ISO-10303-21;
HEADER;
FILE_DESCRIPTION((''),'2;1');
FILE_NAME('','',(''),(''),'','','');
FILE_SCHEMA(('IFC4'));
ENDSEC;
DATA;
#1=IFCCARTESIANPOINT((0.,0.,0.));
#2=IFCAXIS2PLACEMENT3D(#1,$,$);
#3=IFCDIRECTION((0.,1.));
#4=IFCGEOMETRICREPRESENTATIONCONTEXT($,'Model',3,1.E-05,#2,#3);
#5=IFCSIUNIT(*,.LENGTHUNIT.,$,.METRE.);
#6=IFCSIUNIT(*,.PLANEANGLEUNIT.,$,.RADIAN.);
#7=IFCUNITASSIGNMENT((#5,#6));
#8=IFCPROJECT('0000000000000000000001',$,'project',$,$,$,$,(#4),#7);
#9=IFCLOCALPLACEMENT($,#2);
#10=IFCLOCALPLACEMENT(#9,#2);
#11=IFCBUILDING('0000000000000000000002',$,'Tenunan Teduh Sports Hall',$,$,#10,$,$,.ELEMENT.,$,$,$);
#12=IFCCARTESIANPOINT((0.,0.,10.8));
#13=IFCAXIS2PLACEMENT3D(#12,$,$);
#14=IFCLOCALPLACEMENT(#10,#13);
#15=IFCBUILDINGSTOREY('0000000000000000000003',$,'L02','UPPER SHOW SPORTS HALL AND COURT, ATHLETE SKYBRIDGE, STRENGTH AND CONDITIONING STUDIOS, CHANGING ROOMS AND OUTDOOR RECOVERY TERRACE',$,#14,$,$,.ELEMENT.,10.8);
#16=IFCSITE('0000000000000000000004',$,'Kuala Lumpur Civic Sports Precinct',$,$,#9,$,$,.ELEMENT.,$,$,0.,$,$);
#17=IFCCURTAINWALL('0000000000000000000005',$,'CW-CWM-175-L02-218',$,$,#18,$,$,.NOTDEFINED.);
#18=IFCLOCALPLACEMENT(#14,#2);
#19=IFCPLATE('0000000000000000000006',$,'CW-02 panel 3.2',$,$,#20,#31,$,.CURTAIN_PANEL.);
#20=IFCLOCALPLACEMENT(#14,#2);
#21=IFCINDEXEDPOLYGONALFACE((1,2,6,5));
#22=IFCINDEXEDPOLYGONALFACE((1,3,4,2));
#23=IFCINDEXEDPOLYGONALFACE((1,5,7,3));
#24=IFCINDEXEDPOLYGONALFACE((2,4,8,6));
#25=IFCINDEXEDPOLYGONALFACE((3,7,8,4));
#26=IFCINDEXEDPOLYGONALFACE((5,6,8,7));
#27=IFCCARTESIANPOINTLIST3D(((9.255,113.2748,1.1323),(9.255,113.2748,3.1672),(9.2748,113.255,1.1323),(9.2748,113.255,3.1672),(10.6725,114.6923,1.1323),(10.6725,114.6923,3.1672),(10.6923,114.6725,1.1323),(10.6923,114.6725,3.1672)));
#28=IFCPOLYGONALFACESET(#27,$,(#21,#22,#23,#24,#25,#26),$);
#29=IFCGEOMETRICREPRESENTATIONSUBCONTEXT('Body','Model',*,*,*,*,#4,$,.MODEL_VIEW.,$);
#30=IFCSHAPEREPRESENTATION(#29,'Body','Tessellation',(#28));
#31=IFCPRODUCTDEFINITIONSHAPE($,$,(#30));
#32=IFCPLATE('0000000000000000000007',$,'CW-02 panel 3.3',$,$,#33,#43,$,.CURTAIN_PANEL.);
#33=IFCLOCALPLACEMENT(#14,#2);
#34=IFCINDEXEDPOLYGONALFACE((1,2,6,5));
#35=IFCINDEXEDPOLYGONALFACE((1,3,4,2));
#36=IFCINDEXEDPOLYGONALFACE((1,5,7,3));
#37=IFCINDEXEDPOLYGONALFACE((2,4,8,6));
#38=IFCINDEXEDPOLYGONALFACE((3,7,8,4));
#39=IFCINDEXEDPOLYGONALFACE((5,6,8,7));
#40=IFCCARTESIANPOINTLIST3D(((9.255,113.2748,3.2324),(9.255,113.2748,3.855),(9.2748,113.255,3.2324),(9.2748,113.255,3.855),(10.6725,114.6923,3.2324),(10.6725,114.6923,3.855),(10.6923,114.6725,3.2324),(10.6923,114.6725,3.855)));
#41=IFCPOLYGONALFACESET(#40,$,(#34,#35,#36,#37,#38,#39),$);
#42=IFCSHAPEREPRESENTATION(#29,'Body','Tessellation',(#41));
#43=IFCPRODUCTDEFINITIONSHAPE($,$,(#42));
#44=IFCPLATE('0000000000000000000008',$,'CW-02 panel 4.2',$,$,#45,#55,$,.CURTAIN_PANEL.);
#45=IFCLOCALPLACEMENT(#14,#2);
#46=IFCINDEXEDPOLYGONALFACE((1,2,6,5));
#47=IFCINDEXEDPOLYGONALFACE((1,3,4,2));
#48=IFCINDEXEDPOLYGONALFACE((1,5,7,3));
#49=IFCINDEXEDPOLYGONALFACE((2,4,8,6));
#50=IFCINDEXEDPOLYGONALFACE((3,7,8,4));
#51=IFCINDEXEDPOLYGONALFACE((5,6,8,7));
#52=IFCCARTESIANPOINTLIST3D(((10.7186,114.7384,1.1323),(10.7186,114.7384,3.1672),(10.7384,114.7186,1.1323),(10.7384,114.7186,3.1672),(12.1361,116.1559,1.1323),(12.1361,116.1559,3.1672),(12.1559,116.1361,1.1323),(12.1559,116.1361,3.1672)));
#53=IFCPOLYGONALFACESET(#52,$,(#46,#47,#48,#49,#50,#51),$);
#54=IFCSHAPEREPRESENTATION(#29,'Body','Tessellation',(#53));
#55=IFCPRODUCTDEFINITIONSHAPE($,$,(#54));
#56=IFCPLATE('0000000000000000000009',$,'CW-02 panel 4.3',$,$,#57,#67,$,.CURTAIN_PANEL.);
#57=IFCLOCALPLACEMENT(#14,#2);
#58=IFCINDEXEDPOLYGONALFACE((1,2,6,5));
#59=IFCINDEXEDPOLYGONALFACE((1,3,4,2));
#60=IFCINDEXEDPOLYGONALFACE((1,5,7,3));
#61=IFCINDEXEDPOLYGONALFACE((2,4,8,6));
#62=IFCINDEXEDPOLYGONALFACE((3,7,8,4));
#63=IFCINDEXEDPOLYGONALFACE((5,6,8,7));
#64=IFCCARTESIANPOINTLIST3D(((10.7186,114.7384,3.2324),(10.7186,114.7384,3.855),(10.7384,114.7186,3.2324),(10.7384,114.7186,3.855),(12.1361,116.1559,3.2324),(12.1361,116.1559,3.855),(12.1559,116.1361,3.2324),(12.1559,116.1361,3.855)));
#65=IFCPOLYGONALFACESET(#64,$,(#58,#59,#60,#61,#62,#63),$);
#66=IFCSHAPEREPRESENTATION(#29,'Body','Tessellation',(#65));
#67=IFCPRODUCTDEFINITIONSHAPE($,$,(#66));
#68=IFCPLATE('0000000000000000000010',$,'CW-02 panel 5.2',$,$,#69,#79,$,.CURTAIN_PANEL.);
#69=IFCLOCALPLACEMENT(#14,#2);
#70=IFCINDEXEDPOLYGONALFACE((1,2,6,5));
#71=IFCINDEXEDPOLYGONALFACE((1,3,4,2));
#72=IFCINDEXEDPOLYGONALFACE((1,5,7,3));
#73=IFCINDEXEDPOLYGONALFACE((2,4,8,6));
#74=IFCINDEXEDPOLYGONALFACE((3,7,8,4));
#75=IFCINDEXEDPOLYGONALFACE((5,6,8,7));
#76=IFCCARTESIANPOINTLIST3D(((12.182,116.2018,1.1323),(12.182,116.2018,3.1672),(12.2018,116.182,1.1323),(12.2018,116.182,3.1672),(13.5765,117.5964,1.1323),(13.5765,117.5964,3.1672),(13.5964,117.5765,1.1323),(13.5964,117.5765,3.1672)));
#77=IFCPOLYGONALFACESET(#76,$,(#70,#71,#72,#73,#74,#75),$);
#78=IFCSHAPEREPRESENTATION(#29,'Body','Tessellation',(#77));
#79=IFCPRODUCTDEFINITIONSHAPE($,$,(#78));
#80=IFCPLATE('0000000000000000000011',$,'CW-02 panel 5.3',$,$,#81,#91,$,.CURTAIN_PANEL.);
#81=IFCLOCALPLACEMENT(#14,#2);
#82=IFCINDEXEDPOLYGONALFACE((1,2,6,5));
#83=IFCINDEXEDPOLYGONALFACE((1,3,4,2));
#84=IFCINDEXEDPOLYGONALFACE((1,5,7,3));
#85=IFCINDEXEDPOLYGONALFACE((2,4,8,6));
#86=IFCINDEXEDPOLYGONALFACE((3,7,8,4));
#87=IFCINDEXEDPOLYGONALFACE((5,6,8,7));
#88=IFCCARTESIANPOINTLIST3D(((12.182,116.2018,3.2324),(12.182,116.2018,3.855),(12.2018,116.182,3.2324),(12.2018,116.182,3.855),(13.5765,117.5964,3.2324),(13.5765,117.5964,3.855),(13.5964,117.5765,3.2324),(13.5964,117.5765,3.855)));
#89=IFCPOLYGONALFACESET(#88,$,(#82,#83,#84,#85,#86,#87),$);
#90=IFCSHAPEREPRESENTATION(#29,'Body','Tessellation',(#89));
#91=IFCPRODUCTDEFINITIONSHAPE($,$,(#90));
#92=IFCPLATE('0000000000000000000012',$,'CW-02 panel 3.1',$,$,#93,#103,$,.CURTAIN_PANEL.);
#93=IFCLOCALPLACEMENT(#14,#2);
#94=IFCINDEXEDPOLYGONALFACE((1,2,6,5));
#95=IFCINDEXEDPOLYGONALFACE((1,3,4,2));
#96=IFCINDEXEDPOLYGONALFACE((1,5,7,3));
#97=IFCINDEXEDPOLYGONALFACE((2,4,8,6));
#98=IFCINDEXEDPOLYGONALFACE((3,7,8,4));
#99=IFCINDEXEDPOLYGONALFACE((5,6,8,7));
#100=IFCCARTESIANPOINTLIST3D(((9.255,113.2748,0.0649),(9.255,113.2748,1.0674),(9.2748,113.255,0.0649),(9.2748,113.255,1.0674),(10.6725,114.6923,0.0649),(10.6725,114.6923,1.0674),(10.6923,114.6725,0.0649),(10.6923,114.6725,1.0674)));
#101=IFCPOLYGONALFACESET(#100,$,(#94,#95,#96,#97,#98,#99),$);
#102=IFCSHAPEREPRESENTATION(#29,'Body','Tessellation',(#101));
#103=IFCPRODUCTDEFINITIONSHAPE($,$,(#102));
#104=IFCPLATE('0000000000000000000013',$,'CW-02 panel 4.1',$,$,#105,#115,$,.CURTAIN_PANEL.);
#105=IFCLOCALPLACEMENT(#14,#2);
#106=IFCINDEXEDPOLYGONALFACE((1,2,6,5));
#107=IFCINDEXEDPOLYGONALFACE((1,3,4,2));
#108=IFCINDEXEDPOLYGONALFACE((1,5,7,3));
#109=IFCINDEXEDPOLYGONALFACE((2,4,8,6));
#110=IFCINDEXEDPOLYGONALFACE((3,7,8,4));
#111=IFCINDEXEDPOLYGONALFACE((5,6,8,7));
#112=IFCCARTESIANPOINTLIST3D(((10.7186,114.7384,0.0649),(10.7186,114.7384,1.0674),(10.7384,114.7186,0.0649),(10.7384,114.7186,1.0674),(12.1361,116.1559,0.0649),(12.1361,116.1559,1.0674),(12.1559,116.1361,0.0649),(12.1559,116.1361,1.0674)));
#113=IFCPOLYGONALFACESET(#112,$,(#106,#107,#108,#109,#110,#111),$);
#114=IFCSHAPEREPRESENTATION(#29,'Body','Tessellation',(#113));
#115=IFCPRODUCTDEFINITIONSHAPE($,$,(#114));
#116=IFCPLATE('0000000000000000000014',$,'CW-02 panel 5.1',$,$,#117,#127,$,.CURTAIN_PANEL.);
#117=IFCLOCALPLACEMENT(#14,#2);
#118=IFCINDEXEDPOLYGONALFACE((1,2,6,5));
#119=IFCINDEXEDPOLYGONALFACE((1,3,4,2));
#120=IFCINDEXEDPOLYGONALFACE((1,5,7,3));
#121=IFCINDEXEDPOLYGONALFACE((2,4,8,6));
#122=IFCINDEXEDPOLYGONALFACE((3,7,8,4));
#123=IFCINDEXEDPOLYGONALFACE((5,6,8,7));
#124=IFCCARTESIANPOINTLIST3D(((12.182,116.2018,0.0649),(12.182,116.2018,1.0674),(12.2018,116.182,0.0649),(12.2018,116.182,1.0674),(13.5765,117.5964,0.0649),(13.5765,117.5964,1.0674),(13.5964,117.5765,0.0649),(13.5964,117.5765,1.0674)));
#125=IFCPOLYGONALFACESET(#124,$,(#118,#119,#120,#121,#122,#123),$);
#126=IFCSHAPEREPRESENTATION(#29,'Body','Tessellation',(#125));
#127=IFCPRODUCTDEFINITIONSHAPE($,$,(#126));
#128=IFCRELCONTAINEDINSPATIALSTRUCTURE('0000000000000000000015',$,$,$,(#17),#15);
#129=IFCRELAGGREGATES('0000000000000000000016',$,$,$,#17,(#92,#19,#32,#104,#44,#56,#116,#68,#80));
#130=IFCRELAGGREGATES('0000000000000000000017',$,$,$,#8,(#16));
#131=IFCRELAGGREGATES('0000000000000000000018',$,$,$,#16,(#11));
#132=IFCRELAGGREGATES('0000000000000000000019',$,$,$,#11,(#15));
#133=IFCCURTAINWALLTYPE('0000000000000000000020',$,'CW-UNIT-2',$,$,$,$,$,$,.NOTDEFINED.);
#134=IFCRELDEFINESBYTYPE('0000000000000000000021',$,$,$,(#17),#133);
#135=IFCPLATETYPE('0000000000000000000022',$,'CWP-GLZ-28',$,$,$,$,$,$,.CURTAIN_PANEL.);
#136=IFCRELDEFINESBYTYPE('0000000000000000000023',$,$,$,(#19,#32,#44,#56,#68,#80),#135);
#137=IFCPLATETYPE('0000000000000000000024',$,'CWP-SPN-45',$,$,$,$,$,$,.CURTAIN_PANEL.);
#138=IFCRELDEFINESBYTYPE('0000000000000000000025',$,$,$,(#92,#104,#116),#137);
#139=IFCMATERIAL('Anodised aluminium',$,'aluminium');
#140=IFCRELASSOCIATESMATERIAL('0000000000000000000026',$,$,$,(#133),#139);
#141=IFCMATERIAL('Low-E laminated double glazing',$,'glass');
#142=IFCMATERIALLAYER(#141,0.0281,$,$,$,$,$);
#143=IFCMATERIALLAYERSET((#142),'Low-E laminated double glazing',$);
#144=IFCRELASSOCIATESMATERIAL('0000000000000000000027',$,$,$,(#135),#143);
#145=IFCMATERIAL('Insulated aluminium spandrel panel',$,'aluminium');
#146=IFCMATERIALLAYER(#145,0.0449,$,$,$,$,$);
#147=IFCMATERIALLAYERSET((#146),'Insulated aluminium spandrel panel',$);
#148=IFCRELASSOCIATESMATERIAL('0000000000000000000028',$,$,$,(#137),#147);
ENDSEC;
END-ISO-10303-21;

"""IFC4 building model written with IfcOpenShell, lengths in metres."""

from ifc_helpers import new_model, si_unit, direction, frame, origin, origin_2d, place, context, subcontext, project, spatial, rectangle, extrude, material, layer, layer_set, type_object, element, aggregate, save


model = new_model("IFC4")

# Units and contexts
model_context = context("Model", 3, precision=1e-05, world=origin(), true_north=direction((0.0, 1.0)))
body_context = subcontext(model_context, "Body", "Model", "MODEL_VIEW")
ifc_project = project(units=[si_unit("LENGTHUNIT", "METRE"), si_unit("PLANEANGLEUNIT", "RADIAN")], contexts=[model_context])

# Site, building, storey
site_placement = place(None, origin())
site = spatial("IfcSite", under=ifc_project, at=site_placement, Name="Kuala Lumpur Civic Sports Precinct", CompositionType="ELEMENT", RefElevation=0.0)
building_placement = place(site_placement, origin())
building = spatial("IfcBuilding", under=site, at=building_placement, Name="Tenunan Teduh Sports Hall", CompositionType="ELEMENT")
storey_placement = place(building_placement, frame((0.0, 0.0, 10.8)))
storey = spatial("IfcBuildingStorey", under=building, at=storey_placement, Name="L02", Description="UPPER SHOW SPORTS HALL AND COURT, ATHLETE SKYBRIDGE, STRENGTH AND CONDITIONING STUDIOS, CHANGING ROOMS AND OUTDOOR RECOVERY TERRACE", CompositionType="ELEMENT", Elevation=10.8)

# Curtain wall, plates
ifc_material_1 = material(Name="Anodised aluminium", Category="aluminium")
curtain_wall_type = type_object("IfcCurtainWallType", Name="CW-UNIT-2", PredefinedType="NOTDEFINED", material=ifc_material_1)
curtain_wall_placement = place(storey_placement, origin())
curtain_wall = element("IfcCurtainWall", 1, at=curtain_wall_placement, inside=storey, type_object=curtain_wall_type, Name="CW-CWM-175-L02-218", PredefinedType="NOTDEFINED")
ifc_material_2 = material(Name="Low-E laminated double glazing", Category="glass")
ifc_layer_1 = layer(ifc_material_2, 0.0281)
ifc_layer_set_1 = layer_set([ifc_layer_1], Name="Low-E laminated double glazing")
plate_type_1 = type_object("IfcPlateType", Name="CWP-GLZ-28", PredefinedType="CURTAIN_PANEL", material=ifc_layer_set_1)
plate_1_placement = place(storey_placement, frame((9.9736, 113.9736, 1.1323), z_axis=(0.0, 0.0, 1.0), x_axis=(0.707107, 0.707107, 0.0)))
plate_1 = element("IfcPlate", 2, at=plate_1_placement, type_object=plate_type_1, Name="CW-02 panel 3.2", PredefinedType="CURTAIN_PANEL", context=body_context, shape_type="SweptSolid", body=[
    extrude(rectangle(XDim=2.0046, YDim=0.0281, at=origin_2d()), origin(), (0.0, 0.0, 1.0), 2.0349),
])
plate_2_placement = place(storey_placement, frame((9.9736, 113.9736, 3.2324), z_axis=(0.0, 0.0, 1.0), x_axis=(0.707107, 0.707107, 0.0)))
plate_2 = element("IfcPlate", 3, at=plate_2_placement, type_object=plate_type_1, Name="CW-02 panel 3.3", PredefinedType="CURTAIN_PANEL", context=body_context, shape_type="SweptSolid", body=[
    extrude(rectangle(XDim=2.0046, YDim=0.0281, at=origin_2d()), origin(), (0.0, 0.0, 1.0), 0.6226),
])
plate_3_placement = place(storey_placement, frame((11.4373, 115.4373, 1.1323), z_axis=(0.0, 0.0, 1.0), x_axis=(0.707107, 0.707107, 0.0)))
plate_3 = element("IfcPlate", 4, at=plate_3_placement, type_object=plate_type_1, Name="CW-02 panel 4.2", PredefinedType="CURTAIN_PANEL", context=body_context, shape_type="SweptSolid", body=[
    extrude(rectangle(XDim=2.0046, YDim=0.0281, at=origin_2d()), origin(), (0.0, 0.0, 1.0), 2.0349),
])
plate_4_placement = place(storey_placement, frame((11.4373, 115.4373, 3.2324), z_axis=(0.0, 0.0, 1.0), x_axis=(0.707107, 0.707107, 0.0)))
plate_4 = element("IfcPlate", 5, at=plate_4_placement, type_object=plate_type_1, Name="CW-02 panel 4.3", PredefinedType="CURTAIN_PANEL", context=body_context, shape_type="SweptSolid", body=[
    extrude(rectangle(XDim=2.0046, YDim=0.0281, at=origin_2d()), origin(), (0.0, 0.0, 1.0), 0.6226),
])
plate_5_placement = place(storey_placement, frame((12.8892, 116.8892, 1.1323), z_axis=(0.0, 0.0, 1.0), x_axis=(0.707107, 0.707107, 0.0)))
plate_5 = element("IfcPlate", 6, at=plate_5_placement, type_object=plate_type_1, Name="CW-02 panel 5.2", PredefinedType="CURTAIN_PANEL", context=body_context, shape_type="SweptSolid", body=[
    extrude(rectangle(XDim=1.9722, YDim=0.0281, at=origin_2d()), origin(), (0.0, 0.0, 1.0), 2.0349),
])
plate_6_placement = place(storey_placement, frame((12.8892, 116.8892, 3.2324), z_axis=(0.0, 0.0, 1.0), x_axis=(0.707107, 0.707107, 0.0)))
plate_6 = element("IfcPlate", 7, at=plate_6_placement, type_object=plate_type_1, Name="CW-02 panel 5.3", PredefinedType="CURTAIN_PANEL", context=body_context, shape_type="SweptSolid", body=[
    extrude(rectangle(XDim=1.9722, YDim=0.0281, at=origin_2d()), origin(), (0.0, 0.0, 1.0), 0.6226),
])
ifc_material_3 = material(Name="Insulated aluminium spandrel panel", Category="aluminium")
ifc_layer_2 = layer(ifc_material_3, 0.0449)
ifc_layer_set_2 = layer_set([ifc_layer_2], Name="Insulated aluminium spandrel panel")
plate_type_2 = type_object("IfcPlateType", Name="CWP-SPN-45", PredefinedType="CURTAIN_PANEL", material=ifc_layer_set_2)
plate_7_placement = place(storey_placement, frame((9.9736, 113.9736, 0.0649), z_axis=(0.0, 0.0, 1.0), x_axis=(0.707107, 0.707107, 0.0)))
plate_7 = element("IfcPlate", 8, at=plate_7_placement, type_object=plate_type_2, Name="CW-02 panel 3.1", PredefinedType="CURTAIN_PANEL", context=body_context, shape_type="SweptSolid", body=[
    extrude(rectangle(XDim=2.0046, YDim=0.0281, at=origin_2d()), origin(), (0.0, 0.0, 1.0), 1.0024),
])
plate_8_placement = place(storey_placement, frame((11.4373, 115.4373, 0.0649), z_axis=(0.0, 0.0, 1.0), x_axis=(0.707107, 0.707107, 0.0)))
plate_8 = element("IfcPlate", 9, at=plate_8_placement, type_object=plate_type_2, Name="CW-02 panel 4.1", PredefinedType="CURTAIN_PANEL", context=body_context, shape_type="SweptSolid", body=[
    extrude(rectangle(XDim=2.0046, YDim=0.0281, at=origin_2d()), origin(), (0.0, 0.0, 1.0), 1.0024),
])
plate_9_placement = place(storey_placement, frame((12.8892, 116.8892, 0.0649), z_axis=(0.0, 0.0, 1.0), x_axis=(0.707107, 0.707107, 0.0)))
plate_9 = element("IfcPlate", 10, at=plate_9_placement, type_object=plate_type_2, Name="CW-02 panel 5.1", PredefinedType="CURTAIN_PANEL", context=body_context, shape_type="SweptSolid", body=[
    extrude(rectangle(XDim=1.9722, YDim=0.0281, at=origin_2d()), origin(), (0.0, 0.0, 1.0), 1.0024),
])
aggregate(curtain_wall, [plate_7, plate_1, plate_2, plate_8, plate_3, plate_4, plate_9, plate_5, plate_6])

save(model, "model.ifc")
